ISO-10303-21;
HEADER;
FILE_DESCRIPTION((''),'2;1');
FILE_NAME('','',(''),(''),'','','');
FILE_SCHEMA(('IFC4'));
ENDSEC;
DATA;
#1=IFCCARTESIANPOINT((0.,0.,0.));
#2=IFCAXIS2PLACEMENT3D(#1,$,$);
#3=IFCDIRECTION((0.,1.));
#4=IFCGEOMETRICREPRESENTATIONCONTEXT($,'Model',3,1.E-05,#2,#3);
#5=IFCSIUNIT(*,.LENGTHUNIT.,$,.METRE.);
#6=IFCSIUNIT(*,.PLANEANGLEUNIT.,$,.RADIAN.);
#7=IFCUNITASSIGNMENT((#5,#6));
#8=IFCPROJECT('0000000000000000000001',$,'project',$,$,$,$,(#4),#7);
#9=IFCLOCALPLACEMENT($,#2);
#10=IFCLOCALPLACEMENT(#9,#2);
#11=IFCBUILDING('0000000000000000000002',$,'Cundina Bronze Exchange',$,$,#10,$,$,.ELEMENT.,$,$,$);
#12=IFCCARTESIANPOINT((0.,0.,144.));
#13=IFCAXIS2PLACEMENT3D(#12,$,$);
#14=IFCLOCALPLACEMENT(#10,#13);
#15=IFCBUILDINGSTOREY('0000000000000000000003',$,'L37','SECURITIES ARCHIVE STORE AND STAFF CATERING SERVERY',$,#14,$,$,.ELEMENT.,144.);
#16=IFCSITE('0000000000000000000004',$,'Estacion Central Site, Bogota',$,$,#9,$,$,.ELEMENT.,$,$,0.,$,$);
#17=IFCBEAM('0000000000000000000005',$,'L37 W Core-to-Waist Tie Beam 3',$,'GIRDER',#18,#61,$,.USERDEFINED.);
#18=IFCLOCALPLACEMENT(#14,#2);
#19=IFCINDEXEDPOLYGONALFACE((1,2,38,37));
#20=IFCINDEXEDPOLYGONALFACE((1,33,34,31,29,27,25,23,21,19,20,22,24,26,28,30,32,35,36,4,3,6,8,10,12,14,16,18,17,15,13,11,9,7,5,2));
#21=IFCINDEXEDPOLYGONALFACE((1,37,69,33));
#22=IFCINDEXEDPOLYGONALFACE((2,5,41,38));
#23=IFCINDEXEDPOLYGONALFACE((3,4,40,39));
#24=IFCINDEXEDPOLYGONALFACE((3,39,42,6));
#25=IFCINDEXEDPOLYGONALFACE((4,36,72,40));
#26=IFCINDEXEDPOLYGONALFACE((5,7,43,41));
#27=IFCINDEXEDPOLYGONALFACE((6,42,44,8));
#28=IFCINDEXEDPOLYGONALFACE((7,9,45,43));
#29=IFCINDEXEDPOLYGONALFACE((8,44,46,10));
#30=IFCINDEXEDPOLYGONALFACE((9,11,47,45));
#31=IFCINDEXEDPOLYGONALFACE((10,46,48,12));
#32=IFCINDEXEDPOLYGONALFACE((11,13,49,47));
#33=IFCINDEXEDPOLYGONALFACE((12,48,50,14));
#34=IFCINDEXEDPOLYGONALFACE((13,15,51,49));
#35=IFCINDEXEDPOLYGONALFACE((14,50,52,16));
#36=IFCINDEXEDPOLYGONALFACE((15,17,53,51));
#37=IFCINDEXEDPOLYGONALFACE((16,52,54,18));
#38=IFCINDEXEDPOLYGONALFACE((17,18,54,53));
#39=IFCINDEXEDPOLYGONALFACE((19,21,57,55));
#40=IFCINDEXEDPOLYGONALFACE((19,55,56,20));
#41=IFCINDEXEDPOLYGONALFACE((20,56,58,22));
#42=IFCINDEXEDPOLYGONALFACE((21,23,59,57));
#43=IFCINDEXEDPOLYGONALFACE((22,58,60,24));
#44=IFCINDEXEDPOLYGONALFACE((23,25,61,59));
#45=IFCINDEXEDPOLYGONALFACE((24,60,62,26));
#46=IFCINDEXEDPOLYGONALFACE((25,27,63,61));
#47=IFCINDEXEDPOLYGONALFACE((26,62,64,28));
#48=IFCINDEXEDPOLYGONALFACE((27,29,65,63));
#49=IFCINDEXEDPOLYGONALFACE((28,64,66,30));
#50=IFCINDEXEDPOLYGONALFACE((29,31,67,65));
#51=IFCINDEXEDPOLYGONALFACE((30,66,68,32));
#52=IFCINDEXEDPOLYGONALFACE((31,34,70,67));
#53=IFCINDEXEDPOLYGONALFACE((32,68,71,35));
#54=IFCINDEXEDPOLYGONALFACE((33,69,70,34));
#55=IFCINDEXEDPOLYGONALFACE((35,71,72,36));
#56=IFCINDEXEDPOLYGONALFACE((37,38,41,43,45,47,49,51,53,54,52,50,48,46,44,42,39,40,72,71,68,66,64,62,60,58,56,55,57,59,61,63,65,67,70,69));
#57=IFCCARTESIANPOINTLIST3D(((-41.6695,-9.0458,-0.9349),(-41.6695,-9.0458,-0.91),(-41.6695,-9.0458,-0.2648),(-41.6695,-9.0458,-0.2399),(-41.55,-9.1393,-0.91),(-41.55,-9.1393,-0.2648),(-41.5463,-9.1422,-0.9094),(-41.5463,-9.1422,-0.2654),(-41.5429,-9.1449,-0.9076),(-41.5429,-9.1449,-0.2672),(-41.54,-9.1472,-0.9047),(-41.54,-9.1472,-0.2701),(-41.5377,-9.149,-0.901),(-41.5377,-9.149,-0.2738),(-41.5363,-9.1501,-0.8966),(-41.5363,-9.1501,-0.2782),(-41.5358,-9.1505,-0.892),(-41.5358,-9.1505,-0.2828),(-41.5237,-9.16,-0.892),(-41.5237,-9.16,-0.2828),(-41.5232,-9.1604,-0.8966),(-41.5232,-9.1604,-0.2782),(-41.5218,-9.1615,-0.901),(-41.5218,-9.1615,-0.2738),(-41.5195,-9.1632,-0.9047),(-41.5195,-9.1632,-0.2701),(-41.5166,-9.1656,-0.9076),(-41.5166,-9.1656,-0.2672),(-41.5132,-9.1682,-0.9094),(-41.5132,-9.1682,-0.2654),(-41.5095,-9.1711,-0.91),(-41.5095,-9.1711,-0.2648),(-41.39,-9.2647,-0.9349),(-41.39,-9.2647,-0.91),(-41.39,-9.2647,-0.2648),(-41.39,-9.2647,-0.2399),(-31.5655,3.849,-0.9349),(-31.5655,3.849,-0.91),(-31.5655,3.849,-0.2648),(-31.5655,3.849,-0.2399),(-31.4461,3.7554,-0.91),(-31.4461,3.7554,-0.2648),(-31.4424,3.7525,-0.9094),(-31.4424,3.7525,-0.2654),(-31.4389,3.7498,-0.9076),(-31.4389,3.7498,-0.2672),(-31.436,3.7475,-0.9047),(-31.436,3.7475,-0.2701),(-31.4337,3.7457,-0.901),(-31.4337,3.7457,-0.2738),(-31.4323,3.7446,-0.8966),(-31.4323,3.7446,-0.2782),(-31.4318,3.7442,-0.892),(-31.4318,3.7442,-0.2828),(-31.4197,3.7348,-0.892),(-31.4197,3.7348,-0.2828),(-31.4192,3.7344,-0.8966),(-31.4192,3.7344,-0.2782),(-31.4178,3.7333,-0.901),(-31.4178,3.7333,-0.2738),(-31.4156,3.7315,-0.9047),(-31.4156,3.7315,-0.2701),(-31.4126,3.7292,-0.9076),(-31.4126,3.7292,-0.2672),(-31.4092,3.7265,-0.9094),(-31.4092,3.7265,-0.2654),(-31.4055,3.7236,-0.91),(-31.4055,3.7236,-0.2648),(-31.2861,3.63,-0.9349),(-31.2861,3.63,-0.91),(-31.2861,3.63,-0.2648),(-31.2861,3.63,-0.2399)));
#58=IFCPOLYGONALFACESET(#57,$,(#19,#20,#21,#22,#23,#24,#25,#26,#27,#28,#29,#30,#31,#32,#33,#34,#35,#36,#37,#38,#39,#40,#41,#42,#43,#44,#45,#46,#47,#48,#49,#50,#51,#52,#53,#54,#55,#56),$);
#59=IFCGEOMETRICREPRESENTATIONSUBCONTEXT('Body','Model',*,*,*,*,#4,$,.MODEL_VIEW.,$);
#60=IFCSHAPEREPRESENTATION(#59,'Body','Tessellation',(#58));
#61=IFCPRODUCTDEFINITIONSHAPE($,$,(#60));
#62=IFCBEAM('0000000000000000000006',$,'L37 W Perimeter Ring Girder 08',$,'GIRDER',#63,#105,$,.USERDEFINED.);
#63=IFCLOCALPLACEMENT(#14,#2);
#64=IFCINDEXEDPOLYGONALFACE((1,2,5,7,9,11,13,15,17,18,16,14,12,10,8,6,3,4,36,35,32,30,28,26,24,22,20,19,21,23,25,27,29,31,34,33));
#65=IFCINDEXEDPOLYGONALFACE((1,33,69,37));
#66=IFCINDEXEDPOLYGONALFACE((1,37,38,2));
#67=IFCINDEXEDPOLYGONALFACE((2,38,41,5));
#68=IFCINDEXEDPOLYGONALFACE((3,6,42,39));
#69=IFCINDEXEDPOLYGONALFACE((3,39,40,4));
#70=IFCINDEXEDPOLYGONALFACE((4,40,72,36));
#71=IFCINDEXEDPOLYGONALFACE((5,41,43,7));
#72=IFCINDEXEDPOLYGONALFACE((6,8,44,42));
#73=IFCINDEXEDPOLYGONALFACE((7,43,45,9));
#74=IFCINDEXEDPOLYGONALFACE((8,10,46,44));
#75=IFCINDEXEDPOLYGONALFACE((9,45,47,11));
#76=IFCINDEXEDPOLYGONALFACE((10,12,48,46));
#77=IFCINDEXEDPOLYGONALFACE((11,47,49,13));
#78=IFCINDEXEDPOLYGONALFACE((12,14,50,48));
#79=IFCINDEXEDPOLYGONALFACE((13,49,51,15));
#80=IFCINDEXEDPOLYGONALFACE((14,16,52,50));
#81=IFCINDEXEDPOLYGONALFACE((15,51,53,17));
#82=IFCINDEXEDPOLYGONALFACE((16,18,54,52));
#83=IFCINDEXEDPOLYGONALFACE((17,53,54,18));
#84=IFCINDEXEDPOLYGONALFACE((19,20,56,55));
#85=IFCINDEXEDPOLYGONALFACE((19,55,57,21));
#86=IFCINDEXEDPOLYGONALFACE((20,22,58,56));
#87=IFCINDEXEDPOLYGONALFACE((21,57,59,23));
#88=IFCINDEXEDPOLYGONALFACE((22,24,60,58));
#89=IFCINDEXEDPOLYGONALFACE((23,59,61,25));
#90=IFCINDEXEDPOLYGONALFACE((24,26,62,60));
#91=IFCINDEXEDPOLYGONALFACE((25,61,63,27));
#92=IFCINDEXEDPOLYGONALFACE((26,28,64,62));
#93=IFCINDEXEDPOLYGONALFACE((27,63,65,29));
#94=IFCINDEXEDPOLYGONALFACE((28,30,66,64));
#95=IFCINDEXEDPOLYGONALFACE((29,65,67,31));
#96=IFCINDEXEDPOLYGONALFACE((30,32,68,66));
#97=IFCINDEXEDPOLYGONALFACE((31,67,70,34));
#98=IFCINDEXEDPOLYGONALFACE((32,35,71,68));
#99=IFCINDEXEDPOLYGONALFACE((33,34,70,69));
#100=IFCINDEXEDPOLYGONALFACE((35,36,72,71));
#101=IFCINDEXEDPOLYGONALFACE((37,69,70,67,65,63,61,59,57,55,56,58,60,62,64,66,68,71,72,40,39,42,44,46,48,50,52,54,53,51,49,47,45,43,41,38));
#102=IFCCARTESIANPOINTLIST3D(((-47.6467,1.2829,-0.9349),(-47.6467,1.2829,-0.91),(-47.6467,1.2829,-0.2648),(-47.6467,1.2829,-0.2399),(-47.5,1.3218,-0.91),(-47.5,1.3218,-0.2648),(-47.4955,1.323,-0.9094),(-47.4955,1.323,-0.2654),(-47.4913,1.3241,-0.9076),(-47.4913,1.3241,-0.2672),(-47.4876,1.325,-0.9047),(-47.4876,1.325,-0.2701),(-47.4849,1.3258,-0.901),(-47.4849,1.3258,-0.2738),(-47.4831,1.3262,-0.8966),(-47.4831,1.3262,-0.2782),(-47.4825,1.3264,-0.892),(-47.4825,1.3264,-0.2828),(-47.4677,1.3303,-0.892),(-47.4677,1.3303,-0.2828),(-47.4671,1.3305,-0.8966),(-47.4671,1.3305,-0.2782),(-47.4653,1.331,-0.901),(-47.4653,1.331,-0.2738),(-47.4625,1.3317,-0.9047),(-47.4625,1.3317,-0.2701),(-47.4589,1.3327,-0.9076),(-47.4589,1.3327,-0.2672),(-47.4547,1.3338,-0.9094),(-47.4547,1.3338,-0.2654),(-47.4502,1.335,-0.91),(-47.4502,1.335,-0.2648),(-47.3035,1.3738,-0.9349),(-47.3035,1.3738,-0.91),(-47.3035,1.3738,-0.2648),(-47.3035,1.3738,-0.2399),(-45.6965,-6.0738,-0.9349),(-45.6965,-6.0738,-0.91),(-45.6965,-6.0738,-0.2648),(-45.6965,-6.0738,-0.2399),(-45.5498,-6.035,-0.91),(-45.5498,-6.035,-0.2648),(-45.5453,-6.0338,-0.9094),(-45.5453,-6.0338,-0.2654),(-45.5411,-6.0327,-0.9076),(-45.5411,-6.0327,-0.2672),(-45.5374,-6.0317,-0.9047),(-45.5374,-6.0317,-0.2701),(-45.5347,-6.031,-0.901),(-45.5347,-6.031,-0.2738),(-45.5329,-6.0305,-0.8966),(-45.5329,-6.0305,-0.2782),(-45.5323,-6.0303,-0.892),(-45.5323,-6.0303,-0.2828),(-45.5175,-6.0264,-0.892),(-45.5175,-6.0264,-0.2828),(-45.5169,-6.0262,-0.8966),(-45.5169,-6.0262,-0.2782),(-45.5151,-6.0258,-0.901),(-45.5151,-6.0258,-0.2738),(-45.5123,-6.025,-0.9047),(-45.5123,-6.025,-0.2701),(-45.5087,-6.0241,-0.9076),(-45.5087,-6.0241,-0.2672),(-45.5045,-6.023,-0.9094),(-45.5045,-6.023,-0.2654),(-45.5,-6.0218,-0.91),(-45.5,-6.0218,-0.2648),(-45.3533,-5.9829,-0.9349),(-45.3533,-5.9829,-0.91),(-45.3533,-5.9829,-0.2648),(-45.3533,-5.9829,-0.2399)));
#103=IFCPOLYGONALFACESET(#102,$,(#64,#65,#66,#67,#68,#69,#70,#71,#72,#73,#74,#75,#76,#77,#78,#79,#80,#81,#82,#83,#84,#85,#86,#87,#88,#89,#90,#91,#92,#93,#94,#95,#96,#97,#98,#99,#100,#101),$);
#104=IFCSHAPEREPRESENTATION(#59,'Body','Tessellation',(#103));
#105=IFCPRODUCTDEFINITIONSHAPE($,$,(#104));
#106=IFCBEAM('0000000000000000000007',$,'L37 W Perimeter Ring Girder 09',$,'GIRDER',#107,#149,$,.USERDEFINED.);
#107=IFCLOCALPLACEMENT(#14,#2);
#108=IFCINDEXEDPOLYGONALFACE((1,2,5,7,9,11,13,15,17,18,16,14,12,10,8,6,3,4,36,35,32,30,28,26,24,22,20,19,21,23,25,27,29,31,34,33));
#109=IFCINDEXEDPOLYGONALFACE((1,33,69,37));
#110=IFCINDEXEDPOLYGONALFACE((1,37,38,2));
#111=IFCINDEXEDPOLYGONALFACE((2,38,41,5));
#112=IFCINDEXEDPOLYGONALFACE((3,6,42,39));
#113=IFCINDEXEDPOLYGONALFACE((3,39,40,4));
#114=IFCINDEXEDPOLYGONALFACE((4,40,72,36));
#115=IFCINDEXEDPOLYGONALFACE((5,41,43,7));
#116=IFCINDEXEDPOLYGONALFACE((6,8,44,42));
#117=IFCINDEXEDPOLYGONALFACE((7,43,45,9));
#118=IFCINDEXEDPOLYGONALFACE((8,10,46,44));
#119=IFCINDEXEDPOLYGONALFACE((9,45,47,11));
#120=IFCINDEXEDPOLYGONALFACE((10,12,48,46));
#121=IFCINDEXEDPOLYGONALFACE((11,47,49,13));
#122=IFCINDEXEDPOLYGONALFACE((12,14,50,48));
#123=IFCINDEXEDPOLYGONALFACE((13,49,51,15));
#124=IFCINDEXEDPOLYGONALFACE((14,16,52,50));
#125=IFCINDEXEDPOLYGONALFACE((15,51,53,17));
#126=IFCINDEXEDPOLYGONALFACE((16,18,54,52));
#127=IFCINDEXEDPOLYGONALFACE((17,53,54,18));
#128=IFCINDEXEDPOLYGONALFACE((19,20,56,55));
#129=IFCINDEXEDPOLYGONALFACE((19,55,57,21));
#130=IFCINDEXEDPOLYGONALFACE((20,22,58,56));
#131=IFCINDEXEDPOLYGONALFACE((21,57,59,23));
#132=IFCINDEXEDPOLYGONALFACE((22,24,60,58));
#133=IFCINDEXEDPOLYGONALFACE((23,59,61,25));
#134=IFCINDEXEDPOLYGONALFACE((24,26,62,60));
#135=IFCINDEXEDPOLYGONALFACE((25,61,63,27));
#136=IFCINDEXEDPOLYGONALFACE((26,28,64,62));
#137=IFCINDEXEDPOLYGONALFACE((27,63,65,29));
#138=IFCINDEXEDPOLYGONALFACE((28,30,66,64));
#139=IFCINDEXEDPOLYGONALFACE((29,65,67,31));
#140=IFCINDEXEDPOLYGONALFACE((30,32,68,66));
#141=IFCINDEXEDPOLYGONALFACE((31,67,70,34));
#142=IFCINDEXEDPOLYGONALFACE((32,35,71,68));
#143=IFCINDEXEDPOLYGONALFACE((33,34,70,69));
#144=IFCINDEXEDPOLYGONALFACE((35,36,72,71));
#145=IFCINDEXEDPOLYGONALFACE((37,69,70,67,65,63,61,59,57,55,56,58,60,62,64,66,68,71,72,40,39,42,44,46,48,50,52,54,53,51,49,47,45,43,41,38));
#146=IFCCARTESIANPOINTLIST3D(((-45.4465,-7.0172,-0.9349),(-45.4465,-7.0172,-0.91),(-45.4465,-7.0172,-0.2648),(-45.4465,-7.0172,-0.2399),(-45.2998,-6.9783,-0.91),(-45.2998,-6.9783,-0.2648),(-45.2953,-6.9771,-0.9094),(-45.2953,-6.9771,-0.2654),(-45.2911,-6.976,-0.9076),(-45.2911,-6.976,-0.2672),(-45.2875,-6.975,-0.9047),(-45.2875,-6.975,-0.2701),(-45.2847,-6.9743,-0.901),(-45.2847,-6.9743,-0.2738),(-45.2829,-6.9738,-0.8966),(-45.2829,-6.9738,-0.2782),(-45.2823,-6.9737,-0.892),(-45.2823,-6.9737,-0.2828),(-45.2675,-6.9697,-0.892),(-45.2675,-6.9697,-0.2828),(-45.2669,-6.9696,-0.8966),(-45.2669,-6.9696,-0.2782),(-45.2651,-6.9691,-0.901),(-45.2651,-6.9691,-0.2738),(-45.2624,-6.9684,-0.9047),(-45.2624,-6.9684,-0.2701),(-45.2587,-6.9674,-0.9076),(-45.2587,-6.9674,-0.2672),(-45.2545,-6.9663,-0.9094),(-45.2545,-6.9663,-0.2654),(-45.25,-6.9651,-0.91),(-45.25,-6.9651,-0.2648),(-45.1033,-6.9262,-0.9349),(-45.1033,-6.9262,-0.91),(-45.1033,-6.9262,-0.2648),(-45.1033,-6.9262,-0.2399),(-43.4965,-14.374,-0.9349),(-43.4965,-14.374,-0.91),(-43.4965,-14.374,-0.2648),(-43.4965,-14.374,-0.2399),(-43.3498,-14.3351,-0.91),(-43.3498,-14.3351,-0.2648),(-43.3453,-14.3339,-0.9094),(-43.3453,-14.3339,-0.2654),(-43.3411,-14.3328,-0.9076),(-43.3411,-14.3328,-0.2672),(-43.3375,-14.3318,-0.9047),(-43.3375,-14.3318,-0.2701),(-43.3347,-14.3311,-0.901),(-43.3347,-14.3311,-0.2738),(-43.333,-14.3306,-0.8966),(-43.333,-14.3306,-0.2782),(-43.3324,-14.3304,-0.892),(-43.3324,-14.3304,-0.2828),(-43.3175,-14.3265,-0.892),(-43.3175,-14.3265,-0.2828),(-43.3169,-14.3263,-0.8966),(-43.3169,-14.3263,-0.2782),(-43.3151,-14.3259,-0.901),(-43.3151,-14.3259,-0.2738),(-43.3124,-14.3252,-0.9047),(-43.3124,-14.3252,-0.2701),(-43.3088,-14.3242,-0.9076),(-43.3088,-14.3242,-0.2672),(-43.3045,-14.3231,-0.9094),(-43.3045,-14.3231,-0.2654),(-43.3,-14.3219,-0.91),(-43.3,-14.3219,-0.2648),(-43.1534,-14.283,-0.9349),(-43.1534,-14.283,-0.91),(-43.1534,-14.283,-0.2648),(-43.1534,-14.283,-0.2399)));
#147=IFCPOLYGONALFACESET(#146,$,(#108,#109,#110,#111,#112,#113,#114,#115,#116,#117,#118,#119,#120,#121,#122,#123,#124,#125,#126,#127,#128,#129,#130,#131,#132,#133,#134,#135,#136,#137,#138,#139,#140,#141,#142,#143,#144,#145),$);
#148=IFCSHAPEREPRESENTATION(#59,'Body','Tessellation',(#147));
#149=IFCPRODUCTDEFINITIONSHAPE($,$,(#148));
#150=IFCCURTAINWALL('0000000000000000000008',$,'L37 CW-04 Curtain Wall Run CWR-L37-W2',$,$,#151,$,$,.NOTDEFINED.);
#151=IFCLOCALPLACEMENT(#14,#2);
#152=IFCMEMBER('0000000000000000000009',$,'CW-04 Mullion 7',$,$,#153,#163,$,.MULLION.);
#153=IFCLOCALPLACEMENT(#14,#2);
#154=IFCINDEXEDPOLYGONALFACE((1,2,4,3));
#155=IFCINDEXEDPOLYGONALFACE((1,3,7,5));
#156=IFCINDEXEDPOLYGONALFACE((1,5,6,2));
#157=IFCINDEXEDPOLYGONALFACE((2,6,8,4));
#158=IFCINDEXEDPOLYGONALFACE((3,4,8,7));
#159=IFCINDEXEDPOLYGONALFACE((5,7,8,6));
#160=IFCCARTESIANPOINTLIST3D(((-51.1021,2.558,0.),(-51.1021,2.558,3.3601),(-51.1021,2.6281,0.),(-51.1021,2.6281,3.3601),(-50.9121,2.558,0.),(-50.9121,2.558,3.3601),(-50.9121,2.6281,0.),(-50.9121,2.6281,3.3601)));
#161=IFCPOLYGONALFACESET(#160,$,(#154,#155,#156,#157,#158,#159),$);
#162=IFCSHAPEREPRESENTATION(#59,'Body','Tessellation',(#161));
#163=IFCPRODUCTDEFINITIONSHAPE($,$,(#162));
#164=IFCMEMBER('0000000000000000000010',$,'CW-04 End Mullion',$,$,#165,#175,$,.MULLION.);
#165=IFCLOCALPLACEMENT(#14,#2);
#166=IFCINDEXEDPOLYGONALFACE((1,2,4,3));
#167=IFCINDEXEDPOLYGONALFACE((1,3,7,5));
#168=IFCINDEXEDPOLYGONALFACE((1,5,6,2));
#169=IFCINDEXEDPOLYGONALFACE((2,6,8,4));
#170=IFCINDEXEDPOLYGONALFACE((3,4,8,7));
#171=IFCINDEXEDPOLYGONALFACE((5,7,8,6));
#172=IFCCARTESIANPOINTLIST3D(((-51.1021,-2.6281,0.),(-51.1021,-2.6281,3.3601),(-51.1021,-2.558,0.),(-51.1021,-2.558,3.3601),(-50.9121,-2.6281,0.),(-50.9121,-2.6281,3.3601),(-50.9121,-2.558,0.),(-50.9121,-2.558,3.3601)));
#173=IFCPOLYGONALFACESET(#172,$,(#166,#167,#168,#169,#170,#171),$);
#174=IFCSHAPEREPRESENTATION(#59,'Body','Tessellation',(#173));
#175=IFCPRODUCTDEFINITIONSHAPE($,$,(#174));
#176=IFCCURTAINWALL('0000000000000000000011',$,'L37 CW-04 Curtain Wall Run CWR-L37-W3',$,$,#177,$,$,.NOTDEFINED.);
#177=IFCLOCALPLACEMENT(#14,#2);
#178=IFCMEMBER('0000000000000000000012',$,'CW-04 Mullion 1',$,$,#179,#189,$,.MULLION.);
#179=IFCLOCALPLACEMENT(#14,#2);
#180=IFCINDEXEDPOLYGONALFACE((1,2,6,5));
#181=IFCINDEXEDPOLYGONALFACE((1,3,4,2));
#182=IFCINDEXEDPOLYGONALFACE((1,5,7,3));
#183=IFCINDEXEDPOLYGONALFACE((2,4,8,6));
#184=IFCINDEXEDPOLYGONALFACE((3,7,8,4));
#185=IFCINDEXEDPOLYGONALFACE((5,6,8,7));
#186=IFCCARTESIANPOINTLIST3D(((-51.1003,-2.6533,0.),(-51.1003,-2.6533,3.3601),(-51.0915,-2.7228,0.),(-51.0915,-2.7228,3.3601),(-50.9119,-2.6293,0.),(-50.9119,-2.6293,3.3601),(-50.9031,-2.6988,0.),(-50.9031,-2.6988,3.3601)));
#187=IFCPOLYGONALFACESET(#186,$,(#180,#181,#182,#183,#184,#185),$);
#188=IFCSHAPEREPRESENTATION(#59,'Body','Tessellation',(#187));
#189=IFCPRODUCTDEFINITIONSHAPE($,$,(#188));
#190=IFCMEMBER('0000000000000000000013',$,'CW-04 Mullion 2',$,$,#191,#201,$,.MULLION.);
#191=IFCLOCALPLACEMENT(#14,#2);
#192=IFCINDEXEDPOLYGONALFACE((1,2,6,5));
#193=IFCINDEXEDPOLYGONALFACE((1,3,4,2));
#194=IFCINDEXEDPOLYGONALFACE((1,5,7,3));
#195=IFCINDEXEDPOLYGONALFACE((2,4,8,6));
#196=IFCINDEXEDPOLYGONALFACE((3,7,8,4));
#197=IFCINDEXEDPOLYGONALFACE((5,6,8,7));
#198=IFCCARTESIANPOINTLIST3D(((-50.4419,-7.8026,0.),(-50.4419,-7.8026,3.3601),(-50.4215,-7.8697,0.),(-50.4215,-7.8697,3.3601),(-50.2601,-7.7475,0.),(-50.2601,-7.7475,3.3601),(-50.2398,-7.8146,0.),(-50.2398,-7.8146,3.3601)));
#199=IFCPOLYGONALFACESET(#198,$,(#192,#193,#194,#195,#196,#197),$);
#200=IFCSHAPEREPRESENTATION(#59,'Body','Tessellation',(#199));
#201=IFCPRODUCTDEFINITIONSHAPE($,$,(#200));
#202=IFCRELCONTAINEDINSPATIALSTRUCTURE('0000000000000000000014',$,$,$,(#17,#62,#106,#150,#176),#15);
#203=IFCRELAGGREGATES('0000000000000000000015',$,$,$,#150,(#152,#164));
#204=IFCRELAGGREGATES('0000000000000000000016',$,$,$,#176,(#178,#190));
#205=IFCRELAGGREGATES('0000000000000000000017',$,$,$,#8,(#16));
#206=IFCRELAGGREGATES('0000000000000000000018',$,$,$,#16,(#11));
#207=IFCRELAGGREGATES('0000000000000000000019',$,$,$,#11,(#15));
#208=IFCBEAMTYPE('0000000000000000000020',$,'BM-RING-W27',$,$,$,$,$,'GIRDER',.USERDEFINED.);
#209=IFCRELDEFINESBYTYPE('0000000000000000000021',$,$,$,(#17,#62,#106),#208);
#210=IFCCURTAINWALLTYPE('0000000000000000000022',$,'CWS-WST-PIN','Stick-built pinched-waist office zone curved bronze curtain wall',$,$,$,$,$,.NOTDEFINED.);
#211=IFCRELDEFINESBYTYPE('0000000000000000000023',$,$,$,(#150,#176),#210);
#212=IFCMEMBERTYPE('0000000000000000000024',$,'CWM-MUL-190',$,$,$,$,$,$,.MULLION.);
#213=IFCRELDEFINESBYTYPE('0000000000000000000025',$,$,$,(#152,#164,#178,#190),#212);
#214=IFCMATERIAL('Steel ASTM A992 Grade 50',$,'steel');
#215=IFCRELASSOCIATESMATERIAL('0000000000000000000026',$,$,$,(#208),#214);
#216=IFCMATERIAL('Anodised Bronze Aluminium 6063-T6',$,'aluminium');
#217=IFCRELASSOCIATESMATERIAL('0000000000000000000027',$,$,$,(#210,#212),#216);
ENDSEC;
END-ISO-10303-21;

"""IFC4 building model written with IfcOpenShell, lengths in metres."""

from ifc_helpers import new_model, si_unit, direction, frame, origin, origin_2d, place, context, subcontext, project, spatial, rectangle, i_section, extrude, material, material_profile, profile_set, type_object, element, aggregate, save


model = new_model("IFC4")

# Units and contexts
model_context = context("Model", 3, precision=1e-05, world=origin(), true_north=direction((0.0, 1.0)))
body_context = subcontext(model_context, "Body", "Model", "MODEL_VIEW")
ifc_project = project(units=[si_unit("LENGTHUNIT", "METRE"), si_unit("PLANEANGLEUNIT", "RADIAN")], contexts=[model_context])

# Site, building, storey
site_placement = place(None, origin())
site = spatial("IfcSite", under=ifc_project, at=site_placement, Name="Estacion Central Site, Bogota", CompositionType="ELEMENT", RefElevation=0.0)
building_placement = place(site_placement, origin())
building = spatial("IfcBuilding", under=site, at=building_placement, Name="Cundina Bronze Exchange", CompositionType="ELEMENT")
storey_placement = place(building_placement, frame((0.0, 0.0, 144.0)))
storey = spatial("IfcBuildingStorey", under=building, at=storey_placement, Name="L37", Description="SECURITIES ARCHIVE STORE AND STAFF CATERING SERVERY", CompositionType="ELEMENT", Elevation=144.0)

# Beams
ifc_material_1 = material(Name="Steel ASTM A992 Grade 50", Category="steel")
ifc_material_profile_1 = material_profile(ifc_material_1, i_section(OverallWidth=0.355, OverallDepth=0.6951, WebThickness=0.0154, FlangeThickness=0.0249, FilletRadius=0.0181, at=origin_2d()), Name="W27X146", Category="steel")
ifc_profile_set_1 = profile_set([ifc_material_profile_1], Name="Steel ASTM A992 Grade 50")
beam_type_1 = type_object("IfcBeamType", Name="BM-RING-W27", ElementType="GIRDER", PredefinedType="USERDEFINED", material=ifc_profile_set_1)
beam_1_placement = place(storey_placement, frame((-31.4258, 3.7395, -0.5874), z_axis=(-0.616779, -0.787136, 0.0), x_axis=(0.787136, -0.616779, 0.0)))
element("IfcBeam", 1, at=beam_1_placement, inside=storey, type_object=beam_type_1, Name="L37 W Core-to-Waist Tie Beam 3", ObjectType="GIRDER", PredefinedType="USERDEFINED", context=body_context, shape_type="SweptSolid", body=[
    extrude(i_section(OverallWidth=0.355, OverallDepth=0.6951, WebThickness=0.0154, FlangeThickness=0.0249, FilletRadius=0.0181, at=origin_2d()), origin(), (0.0, 0.0, 1.0), 16.3818),
])
for number, where, z_axis, x_axis, name in (
    (2, (-47.4751, 1.3284, -0.5874), (0.256241, -0.966613, 0.0), (0.966613, 0.256241, 0.0), "L37 W Perimeter Ring Girder 08"),
    (3, (-45.2749, -6.9717, -0.5874), (0.256211, -0.966621, 0.0), (0.966621, 0.256211, 0.0), "L37 W Perimeter Ring Girder 09"),
):
    element("IfcBeam", number, at=place(storey_placement, frame(where, z_axis=z_axis, x_axis=x_axis)), inside=storey, type_object=beam_type_1, Name=name, ObjectType="GIRDER", PredefinedType="USERDEFINED", context=body_context, shape_type="SweptSolid", body=[
        extrude(i_section(OverallWidth=0.355, OverallDepth=0.6951, WebThickness=0.0154, FlangeThickness=0.0249, FilletRadius=0.0181, at=origin_2d()), origin(), (0.0, 0.0, 1.0), 7.6108),
    ])

# Curtain walls, members
ifc_material_2 = material(Name="Anodised Bronze Aluminium 6063-T6", Category="aluminium")
curtain_wall_type = type_object("IfcCurtainWallType", Name="CWS-WST-PIN", Description="Stick-built pinched-waist office zone curved bronze curtain wall", PredefinedType="NOTDEFINED", material=ifc_material_2)
curtain_wall_1_placement = place(storey_placement, origin())
curtain_wall_1 = element("IfcCurtainWall", 4, at=curtain_wall_1_placement, inside=storey, type_object=curtain_wall_type, Name="L37 CW-04 Curtain Wall Run CWR-L37-W2", PredefinedType="NOTDEFINED")
ifc_material_profile_2 = material_profile(ifc_material_2, rectangle(XDim=0.0701, YDim=0.1899, at=origin_2d()), Name="AL70X190", Category="aluminium")
ifc_profile_set_2 = profile_set([ifc_material_profile_2], Name="Anodised Bronze Aluminium 6063-T6")
member_type_1 = type_object("IfcMemberType", Name="CWM-MUL-190", PredefinedType="MULLION", material=ifc_profile_set_2)
member_1_placement = place(storey_placement, frame((-51.0071, 2.593, 0.0), z_axis=(0.0, 0.0, 1.0), x_axis=(0.0, -1.0, 0.0)))
member_1 = element("IfcMember", 5, at=member_1_placement, type_object=member_type_1, Name="CW-04 Mullion 7", PredefinedType="MULLION", context=body_context, shape_type="SweptSolid", body=[
    extrude(rectangle(XDim=0.0701, YDim=0.1899, at=origin_2d()), origin(), (0.0, 0.0, 1.0), 3.3601),
])
member_2_placement = place(storey_placement, frame((-51.0071, -2.593, 0.0), z_axis=(0.0, 0.0, 1.0), x_axis=(0.0, -1.0, 0.0)))
member_2 = element("IfcMember", 6, at=member_2_placement, type_object=member_type_1, Name="CW-04 End Mullion", PredefinedType="MULLION", context=body_context, shape_type="SweptSolid", body=[
    extrude(rectangle(XDim=0.0701, YDim=0.1899, at=origin_2d()), origin(), (0.0, 0.0, 1.0), 3.3601),
])
curtain_wall_2_placement = place(storey_placement, origin())
curtain_wall_2 = element("IfcCurtainWall", 7, at=curtain_wall_2_placement, inside=storey, type_object=curtain_wall_type, Name="L37 CW-04 Curtain Wall Run CWR-L37-W3", PredefinedType="NOTDEFINED")
member_3_placement = place(storey_placement, frame((-51.0017, -2.676, 0.0), z_axis=(0.0, 0.0, 1.0), x_axis=(0.126545, -0.991961, 0.0)))
member_3 = element("IfcMember", 8, at=member_3_placement, type_object=member_type_1, Name="CW-04 Mullion 1", PredefinedType="MULLION", context=body_context, shape_type="SweptSolid", body=[
    extrude(rectangle(XDim=0.0701, YDim=0.1899, at=origin_2d()), origin(), (0.0, 0.0, 1.0), 3.3601),
])
member_4_placement = place(storey_placement, frame((-50.3408, -7.8086, 0.0), z_axis=(0.0, 0.0, 1.0), x_axis=(0.290034, -0.957016, 0.0)))
member_4 = element("IfcMember", 9, at=member_4_placement, type_object=member_type_1, Name="CW-04 Mullion 2", PredefinedType="MULLION", context=body_context, shape_type="SweptSolid", body=[
    extrude(rectangle(XDim=0.0701, YDim=0.1899, at=origin_2d()), origin(), (0.0, 0.0, 1.0), 3.3601),
])

aggregate(curtain_wall_1, [member_1, member_2])
aggregate(curtain_wall_2, [member_3, member_4])

save(model, "model.ifc")
